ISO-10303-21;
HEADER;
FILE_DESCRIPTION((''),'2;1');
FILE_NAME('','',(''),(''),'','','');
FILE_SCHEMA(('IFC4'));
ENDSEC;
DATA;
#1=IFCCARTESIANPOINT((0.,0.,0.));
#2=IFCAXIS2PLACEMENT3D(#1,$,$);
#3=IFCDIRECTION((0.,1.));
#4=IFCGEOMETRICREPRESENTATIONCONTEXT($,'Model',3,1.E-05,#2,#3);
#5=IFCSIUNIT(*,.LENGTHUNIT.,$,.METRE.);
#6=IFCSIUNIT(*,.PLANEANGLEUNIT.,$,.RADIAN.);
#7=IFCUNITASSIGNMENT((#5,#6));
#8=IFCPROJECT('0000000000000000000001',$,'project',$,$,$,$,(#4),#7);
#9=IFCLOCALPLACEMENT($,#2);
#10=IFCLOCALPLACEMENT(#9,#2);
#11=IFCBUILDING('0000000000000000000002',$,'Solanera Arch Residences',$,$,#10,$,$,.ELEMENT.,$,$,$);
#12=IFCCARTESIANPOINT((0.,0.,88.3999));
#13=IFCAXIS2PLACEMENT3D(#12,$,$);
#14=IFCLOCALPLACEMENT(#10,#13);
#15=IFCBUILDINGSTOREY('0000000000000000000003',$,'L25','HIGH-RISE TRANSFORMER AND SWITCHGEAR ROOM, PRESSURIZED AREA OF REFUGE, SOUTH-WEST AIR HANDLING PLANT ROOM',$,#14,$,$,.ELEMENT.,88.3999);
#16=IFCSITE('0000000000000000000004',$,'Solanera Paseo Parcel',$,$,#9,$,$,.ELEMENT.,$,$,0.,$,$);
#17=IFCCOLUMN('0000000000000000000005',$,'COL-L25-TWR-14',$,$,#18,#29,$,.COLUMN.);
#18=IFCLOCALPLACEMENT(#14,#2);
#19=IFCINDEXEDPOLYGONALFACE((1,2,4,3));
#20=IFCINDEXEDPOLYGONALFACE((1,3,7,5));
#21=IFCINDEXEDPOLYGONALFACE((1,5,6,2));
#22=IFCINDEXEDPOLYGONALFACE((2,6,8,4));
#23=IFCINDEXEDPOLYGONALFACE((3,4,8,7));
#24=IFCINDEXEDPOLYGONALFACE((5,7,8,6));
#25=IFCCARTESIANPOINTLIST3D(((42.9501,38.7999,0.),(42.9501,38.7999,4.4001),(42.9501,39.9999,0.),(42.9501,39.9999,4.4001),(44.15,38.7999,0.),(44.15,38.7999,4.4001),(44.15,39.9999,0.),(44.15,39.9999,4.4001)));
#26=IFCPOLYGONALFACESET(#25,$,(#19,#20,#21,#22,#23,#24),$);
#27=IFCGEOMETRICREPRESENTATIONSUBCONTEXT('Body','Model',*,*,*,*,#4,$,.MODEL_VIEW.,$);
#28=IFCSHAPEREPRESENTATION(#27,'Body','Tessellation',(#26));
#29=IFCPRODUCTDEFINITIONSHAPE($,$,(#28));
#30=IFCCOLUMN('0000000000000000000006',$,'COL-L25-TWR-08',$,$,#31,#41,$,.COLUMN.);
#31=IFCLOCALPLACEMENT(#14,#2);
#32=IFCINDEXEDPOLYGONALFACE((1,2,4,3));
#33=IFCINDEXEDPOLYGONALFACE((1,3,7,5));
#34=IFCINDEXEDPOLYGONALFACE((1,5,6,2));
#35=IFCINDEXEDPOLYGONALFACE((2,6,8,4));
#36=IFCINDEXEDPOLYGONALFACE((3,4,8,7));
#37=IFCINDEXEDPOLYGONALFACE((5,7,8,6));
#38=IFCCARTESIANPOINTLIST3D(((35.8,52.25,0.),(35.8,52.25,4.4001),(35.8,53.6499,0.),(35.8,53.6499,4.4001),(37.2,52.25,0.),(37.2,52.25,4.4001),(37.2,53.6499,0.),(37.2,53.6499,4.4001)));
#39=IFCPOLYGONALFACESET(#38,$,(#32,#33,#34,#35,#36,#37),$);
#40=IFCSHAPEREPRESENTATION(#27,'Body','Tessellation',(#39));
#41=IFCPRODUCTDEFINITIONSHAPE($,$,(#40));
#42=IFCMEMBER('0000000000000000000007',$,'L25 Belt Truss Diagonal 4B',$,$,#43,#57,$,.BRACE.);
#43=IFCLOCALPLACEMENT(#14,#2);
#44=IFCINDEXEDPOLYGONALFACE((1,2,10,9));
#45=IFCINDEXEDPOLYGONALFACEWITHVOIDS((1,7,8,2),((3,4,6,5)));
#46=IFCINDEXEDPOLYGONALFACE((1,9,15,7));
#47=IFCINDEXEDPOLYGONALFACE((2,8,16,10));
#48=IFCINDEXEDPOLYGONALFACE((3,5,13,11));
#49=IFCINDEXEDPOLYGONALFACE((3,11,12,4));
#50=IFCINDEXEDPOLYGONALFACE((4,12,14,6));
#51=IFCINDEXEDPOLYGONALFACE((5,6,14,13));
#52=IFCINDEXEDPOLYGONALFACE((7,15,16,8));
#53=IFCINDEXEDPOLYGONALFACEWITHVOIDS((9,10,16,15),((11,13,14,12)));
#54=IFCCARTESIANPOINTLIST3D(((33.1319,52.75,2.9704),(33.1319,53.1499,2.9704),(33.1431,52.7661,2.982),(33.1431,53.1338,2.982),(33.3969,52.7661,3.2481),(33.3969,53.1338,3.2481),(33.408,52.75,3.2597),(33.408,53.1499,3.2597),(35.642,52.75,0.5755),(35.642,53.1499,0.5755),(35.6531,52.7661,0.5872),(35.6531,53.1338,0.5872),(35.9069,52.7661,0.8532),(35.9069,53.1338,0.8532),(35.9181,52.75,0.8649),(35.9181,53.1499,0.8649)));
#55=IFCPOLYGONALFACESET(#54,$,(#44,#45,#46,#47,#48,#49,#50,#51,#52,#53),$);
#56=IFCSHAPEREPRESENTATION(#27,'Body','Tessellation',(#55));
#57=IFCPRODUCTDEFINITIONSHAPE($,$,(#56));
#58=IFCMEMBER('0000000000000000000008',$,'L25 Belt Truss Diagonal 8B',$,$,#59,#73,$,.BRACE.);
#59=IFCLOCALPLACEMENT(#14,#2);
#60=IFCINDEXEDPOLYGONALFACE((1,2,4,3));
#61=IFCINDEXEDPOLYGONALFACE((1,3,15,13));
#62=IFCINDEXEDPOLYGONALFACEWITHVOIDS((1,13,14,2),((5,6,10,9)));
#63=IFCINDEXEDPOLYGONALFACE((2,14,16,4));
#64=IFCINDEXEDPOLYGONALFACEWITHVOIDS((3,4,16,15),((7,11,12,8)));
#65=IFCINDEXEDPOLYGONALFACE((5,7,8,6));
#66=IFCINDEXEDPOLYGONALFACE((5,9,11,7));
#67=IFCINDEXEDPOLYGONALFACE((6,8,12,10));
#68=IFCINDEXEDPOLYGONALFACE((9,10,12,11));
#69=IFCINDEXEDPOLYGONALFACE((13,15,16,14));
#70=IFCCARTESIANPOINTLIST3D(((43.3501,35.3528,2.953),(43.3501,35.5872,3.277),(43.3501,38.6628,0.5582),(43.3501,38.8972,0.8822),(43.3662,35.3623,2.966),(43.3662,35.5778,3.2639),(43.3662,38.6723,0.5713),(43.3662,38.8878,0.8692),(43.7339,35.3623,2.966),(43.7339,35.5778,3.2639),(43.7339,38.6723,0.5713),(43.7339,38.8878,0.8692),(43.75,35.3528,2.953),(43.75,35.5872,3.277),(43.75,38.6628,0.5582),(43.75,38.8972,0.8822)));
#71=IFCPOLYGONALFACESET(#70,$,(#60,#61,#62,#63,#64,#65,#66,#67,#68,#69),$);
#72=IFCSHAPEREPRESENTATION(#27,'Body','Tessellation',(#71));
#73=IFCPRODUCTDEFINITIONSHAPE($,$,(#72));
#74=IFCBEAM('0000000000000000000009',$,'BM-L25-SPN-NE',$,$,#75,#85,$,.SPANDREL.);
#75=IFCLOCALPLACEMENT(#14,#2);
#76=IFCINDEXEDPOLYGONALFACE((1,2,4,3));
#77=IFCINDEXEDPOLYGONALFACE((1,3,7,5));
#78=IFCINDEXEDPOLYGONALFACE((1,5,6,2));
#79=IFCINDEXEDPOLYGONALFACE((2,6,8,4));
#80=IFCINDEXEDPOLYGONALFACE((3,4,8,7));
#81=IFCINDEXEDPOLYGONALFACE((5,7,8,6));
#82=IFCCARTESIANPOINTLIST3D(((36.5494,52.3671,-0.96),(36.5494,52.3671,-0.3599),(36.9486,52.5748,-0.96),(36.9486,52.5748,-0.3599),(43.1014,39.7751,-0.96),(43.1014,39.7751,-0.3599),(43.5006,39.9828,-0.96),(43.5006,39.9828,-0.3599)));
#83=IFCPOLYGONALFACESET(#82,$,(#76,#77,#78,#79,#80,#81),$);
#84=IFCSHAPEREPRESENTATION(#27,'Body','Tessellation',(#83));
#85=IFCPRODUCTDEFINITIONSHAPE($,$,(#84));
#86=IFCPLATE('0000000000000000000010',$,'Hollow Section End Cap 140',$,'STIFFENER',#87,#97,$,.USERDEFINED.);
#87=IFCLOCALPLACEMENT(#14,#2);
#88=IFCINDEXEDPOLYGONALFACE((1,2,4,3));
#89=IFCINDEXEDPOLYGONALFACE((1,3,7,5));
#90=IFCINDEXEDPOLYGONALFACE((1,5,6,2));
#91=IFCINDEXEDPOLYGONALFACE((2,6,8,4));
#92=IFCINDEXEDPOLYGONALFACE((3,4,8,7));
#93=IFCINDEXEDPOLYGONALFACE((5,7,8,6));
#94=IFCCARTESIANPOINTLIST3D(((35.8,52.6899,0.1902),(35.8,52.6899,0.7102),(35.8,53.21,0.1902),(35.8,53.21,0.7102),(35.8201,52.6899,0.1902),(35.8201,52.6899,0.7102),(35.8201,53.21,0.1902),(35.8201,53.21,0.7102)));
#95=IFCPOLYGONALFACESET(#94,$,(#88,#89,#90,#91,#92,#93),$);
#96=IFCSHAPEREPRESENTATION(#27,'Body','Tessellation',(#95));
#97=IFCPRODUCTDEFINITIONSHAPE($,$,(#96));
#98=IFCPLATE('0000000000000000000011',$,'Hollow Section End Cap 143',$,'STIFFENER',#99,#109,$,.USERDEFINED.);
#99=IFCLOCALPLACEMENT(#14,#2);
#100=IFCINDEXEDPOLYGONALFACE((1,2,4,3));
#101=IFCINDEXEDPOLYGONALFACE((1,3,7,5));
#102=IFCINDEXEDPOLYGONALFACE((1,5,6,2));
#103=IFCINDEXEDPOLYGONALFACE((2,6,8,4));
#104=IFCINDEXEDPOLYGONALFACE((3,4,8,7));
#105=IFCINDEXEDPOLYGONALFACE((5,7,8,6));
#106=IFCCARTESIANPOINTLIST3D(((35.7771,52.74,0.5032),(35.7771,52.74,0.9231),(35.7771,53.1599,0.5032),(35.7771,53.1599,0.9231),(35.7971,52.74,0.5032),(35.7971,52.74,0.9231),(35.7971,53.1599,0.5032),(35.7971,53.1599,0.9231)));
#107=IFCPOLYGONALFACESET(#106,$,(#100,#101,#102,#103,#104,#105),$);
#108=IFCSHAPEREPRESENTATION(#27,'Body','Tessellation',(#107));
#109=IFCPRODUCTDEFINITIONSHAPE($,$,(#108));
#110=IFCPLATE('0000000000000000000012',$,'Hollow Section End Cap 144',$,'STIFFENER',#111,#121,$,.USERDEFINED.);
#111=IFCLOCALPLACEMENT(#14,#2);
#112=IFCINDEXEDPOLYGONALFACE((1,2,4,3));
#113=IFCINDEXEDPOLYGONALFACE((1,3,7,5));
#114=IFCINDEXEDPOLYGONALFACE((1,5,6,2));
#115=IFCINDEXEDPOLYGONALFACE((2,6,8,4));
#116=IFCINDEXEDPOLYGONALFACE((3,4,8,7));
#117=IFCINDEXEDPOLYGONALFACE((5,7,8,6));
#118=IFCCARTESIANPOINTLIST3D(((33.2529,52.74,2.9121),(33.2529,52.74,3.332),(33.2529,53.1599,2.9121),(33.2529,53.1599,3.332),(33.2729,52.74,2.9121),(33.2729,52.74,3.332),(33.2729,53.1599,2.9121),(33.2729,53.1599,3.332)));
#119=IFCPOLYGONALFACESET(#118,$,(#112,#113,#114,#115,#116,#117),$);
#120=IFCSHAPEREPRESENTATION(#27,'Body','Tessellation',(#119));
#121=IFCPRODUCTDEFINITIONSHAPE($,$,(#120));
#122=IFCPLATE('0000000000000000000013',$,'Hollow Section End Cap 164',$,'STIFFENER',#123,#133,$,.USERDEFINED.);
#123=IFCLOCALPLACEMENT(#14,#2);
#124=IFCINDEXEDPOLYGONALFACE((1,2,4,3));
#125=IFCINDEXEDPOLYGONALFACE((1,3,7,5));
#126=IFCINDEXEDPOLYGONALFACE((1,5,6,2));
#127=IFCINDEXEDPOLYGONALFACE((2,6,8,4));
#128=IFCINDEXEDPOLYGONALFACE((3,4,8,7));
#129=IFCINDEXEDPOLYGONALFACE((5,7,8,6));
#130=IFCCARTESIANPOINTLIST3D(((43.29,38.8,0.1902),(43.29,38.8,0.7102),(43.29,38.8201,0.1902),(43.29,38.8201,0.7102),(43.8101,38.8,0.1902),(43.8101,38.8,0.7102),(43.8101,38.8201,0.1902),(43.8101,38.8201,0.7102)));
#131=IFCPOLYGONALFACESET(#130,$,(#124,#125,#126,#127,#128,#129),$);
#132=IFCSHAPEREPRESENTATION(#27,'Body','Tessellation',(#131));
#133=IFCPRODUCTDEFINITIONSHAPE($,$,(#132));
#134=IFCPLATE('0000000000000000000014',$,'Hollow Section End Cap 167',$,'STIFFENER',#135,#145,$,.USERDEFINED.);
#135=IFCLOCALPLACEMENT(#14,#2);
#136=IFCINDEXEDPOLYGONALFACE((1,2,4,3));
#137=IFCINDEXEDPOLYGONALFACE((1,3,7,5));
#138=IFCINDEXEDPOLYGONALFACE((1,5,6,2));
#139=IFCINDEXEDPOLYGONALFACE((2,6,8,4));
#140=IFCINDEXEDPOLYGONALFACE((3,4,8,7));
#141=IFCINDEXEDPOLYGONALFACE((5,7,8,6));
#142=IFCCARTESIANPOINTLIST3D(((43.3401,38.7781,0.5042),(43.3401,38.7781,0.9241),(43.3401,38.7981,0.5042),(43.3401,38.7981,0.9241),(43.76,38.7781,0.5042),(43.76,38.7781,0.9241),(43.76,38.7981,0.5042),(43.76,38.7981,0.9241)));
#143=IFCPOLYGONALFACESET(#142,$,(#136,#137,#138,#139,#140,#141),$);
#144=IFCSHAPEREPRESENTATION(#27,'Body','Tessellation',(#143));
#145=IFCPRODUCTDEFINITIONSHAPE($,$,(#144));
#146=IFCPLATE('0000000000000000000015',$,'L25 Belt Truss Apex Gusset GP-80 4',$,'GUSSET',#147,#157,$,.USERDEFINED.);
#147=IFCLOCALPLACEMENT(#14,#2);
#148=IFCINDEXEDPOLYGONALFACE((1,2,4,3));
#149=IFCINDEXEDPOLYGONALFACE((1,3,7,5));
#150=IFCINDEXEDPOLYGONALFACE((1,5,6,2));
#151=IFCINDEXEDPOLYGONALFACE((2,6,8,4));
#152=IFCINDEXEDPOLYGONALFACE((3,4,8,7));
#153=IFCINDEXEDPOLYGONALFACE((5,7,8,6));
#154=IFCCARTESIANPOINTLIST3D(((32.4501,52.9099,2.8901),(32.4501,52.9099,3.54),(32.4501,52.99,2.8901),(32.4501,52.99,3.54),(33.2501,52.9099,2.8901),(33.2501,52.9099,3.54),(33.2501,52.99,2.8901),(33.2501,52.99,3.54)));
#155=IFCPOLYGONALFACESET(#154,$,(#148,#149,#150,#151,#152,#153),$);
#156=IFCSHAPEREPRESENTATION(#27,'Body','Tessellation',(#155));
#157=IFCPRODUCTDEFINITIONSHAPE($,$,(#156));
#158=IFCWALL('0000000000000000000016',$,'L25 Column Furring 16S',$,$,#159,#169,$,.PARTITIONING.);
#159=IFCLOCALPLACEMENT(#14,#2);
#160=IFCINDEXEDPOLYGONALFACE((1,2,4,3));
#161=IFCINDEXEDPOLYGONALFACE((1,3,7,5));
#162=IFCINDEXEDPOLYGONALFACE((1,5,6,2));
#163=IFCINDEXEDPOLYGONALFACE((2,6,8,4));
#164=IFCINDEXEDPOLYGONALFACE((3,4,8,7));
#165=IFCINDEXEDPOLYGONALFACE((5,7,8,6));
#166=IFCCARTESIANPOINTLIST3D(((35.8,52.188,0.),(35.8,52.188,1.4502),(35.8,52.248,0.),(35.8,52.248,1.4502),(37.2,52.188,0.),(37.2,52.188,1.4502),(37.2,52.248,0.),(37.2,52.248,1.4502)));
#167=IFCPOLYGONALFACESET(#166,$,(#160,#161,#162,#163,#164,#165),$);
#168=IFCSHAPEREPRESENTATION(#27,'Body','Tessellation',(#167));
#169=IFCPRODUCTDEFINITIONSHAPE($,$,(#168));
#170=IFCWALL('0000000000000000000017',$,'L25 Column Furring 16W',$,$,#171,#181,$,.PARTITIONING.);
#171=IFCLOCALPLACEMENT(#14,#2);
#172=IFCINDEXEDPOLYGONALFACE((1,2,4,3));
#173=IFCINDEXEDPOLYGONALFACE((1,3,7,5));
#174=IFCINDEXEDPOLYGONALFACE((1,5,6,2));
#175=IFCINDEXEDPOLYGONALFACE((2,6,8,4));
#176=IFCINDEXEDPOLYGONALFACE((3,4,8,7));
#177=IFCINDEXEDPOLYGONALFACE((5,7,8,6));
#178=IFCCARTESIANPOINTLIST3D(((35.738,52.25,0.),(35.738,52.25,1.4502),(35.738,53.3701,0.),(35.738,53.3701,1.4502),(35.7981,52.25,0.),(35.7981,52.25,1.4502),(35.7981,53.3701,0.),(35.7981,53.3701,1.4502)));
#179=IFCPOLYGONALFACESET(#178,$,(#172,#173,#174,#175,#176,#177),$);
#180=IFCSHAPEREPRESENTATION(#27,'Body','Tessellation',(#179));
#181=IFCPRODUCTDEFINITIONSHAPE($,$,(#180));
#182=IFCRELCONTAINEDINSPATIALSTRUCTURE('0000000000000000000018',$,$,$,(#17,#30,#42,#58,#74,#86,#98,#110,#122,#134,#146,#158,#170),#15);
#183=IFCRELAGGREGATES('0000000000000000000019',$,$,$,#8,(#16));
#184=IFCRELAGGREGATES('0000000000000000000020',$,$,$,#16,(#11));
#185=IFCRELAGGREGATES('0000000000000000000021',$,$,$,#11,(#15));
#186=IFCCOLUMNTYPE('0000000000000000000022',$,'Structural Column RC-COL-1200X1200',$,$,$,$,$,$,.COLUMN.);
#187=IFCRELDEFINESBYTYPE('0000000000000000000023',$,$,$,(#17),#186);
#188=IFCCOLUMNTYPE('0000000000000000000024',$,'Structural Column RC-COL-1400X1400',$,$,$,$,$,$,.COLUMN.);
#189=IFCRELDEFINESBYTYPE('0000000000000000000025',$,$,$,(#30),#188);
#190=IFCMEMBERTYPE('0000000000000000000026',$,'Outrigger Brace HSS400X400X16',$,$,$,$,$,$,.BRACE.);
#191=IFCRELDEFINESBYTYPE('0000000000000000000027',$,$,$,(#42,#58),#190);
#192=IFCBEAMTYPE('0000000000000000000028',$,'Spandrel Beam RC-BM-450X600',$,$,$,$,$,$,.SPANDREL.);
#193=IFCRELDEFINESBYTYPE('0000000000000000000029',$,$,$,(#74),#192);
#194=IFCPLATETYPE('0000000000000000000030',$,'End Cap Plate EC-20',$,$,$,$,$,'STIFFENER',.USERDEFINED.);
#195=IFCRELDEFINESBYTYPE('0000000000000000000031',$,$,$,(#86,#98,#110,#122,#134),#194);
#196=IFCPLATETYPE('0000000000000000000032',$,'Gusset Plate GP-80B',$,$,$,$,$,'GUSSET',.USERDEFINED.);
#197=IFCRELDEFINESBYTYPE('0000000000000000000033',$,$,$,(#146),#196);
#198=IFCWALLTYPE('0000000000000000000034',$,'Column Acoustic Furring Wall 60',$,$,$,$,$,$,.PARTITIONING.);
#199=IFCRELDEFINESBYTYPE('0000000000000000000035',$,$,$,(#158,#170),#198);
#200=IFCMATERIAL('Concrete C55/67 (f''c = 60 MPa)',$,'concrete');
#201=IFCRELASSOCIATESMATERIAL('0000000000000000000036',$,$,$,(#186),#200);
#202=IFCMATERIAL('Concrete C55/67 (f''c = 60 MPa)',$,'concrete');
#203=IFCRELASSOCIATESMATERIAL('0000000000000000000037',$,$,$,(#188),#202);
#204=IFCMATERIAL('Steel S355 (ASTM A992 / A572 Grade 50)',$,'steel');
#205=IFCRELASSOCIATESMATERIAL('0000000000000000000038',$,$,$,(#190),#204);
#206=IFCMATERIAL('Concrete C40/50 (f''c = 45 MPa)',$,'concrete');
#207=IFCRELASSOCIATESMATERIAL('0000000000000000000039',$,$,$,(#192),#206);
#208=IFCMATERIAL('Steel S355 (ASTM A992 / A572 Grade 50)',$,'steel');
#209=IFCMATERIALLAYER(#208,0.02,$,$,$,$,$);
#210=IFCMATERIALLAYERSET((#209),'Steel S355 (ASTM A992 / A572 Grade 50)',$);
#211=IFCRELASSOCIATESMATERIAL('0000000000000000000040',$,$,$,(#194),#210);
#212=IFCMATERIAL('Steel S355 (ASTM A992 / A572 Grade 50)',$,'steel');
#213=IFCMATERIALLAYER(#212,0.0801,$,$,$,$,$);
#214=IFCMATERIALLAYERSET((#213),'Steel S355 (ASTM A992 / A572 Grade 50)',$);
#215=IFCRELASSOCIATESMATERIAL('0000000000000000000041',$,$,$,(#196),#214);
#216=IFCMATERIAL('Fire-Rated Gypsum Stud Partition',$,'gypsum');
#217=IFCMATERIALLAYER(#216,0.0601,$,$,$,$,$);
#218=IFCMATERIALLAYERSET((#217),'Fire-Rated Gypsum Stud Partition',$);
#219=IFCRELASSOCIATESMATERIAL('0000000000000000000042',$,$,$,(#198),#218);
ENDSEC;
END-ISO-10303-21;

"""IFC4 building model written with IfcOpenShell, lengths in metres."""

from ifc_helpers import new_model, si_unit, direction, frame, frame_2d, origin, origin_2d, place, context, subcontext, project, spatial, rectangle, hollow_rectangle, extrude, material, layer, layer_set, material_profile, profile_set, type_object, element, save


model = new_model("IFC4")

# Units and contexts
model_context = context("Model", 3, precision=1e-05, world=origin(), true_north=direction((0.0, 1.0)))
body_context = subcontext(model_context, "Body", "Model", "MODEL_VIEW")
ifc_project = project(units=[si_unit("LENGTHUNIT", "METRE"), si_unit("PLANEANGLEUNIT", "RADIAN")], contexts=[model_context])

# Site, building, storey
site_placement = place(None, origin())
site = spatial("IfcSite", under=ifc_project, at=site_placement, Name="Solanera Paseo Parcel", CompositionType="ELEMENT", RefElevation=0.0)
building_placement = place(site_placement, origin())
building = spatial("IfcBuilding", under=site, at=building_placement, Name="Solanera Arch Residences", CompositionType="ELEMENT")
storey_placement = place(building_placement, frame((0.0, 0.0, 88.3999)))
storey = spatial("IfcBuildingStorey", under=building, at=storey_placement, Name="L25", Description="HIGH-RISE TRANSFORMER AND SWITCHGEAR ROOM, PRESSURIZED AREA OF REFUGE, SOUTH-WEST AIR HANDLING PLANT ROOM", CompositionType="ELEMENT", Elevation=88.3999)

# Columns
ifc_material_1 = material(Name="Concrete C55/67 (f'c = 60 MPa)", Category="concrete")
ifc_material_profile_1 = material_profile(ifc_material_1, rectangle(XDim=1.2, YDim=1.2, at=origin_2d()))
ifc_profile_set_1 = profile_set([ifc_material_profile_1], Name="Concrete C55/67 (f'c = 60 MPa)")
column_type_1 = type_object("IfcColumnType", Name="Structural Column RC-COL-1200X1200", PredefinedType="COLUMN", material=ifc_profile_set_1)
column_1_placement = place(storey_placement, frame((43.55, 39.3999, 0.0), z_axis=(0.0, 0.0, 1.0), x_axis=(1.0, 0.0, 0.0)))
element("IfcColumn", 1, at=column_1_placement, inside=storey, type_object=column_type_1, Name="COL-L25-TWR-14", PredefinedType="COLUMN", context=body_context, shape_type="SweptSolid", body=[
    extrude(rectangle(XDim=1.2, YDim=1.2, at=origin_2d()), origin(), (0.0, 0.0, 1.0), 4.4001),
])
ifc_material_2 = material(Name="Concrete C55/67 (f'c = 60 MPa)", Category="concrete")
ifc_material_profile_2 = material_profile(ifc_material_2, rectangle(XDim=1.3999, YDim=1.3999, at=origin_2d()))
ifc_profile_set_2 = profile_set([ifc_material_profile_2], Name="Concrete C55/67 (f'c = 60 MPa)")
column_type_2 = type_object("IfcColumnType", Name="Structural Column RC-COL-1400X1400", PredefinedType="COLUMN", material=ifc_profile_set_2)
column_2_placement = place(storey_placement, frame((36.5, 52.95, 0.0), z_axis=(0.0, 0.0, 1.0), x_axis=(1.0, 0.0, 0.0)))
element("IfcColumn", 2, at=column_2_placement, inside=storey, type_object=column_type_2, Name="COL-L25-TWR-08", PredefinedType="COLUMN", context=body_context, shape_type="SweptSolid", body=[
    extrude(rectangle(XDim=1.3999, YDim=1.3999, at=origin_2d()), origin(), (0.0, 0.0, 1.0), 4.4001),
])

# Members
ifc_material_3 = material(Name="Steel S355 (ASTM A992 / A572 Grade 50)", Category="steel")
ifc_material_profile_3 = material_profile(ifc_material_3, hollow_rectangle(XDim=0.3999, YDim=0.3999, WallThickness=0.0161, at=origin_2d()))
ifc_profile_set_3 = profile_set([ifc_material_profile_3], Name="Steel S355 (ASTM A992 / A572 Grade 50)")
member_type = type_object("IfcMemberType", Name="Outrigger Brace HSS400X400X16", PredefinedType="BRACE", material=ifc_profile_set_3)
member_1_placement = place(storey_placement, frame((35.78, 52.95, 0.7202), z_axis=(-0.72352, 0.0, 0.690303), x_axis=(0.0, -1.0, 0.0)))
element("IfcMember", 3, at=member_1_placement, inside=storey, type_object=member_type, Name="L25 Belt Truss Diagonal 4B", PredefinedType="BRACE", context=body_context, shape_type="SweptSolid", body=[
    extrude(hollow_rectangle(XDim=0.3999, YDim=0.3999, WallThickness=0.0161, at=origin_2d()), origin(), (0.0, 0.0, 1.0), 3.4692),
])
member_2_placement = place(storey_placement, frame((43.55, 38.78, 0.7202), z_axis=(0.0, -0.810194, 0.586162), x_axis=(1.0, 0.0, 0.0)))
element("IfcMember", 4, at=member_2_placement, inside=storey, type_object=member_type, Name="L25 Belt Truss Diagonal 8B", PredefinedType="BRACE", context=body_context, shape_type="SweptSolid", body=[
    extrude(hollow_rectangle(XDim=0.3999, YDim=0.3999, WallThickness=0.0161, at=origin_2d()), origin(), (0.0, 0.0, 1.0), 4.0854),
])

# Beam
ifc_material_4 = material(Name="Concrete C40/50 (f'c = 45 MPa)", Category="concrete")
ifc_material_profile_4 = material_profile(ifc_material_4, rectangle(XDim=0.45, YDim=0.6001, at=origin_2d()))
ifc_profile_set_4 = profile_set([ifc_material_profile_4], Name="Concrete C40/50 (f'c = 45 MPa)")
beam_type = type_object("IfcBeamType", Name="Spandrel Beam RC-BM-450X600", PredefinedType="SPANDREL", material=ifc_profile_set_4)
beam_placement = place(storey_placement, frame((36.749, 52.4709, -0.6599), z_axis=(0.461582, -0.887097, 0.0), x_axis=(0.887097, 0.461582, 0.0)))
element("IfcBeam", 5, at=beam_placement, inside=storey, type_object=beam_type, Name="BM-L25-SPN-NE", PredefinedType="SPANDREL", context=body_context, shape_type="SweptSolid", body=[
    extrude(rectangle(XDim=0.45, YDim=0.6001, at=origin_2d()), origin(), (0.0, 0.0, 1.0), 14.1946),
])

# Plates
ifc_material_5 = material(Name="Steel S355 (ASTM A992 / A572 Grade 50)", Category="steel")
ifc_layer_1 = layer(ifc_material_5, 0.02)
ifc_layer_set_1 = layer_set([ifc_layer_1], Name="Steel S355 (ASTM A992 / A572 Grade 50)")
plate_type_1 = type_object("IfcPlateType", Name="End Cap Plate EC-20", ElementType="STIFFENER", PredefinedType="USERDEFINED", material=ifc_layer_set_1)
plate_1_placement = place(storey_placement, frame((35.8101, 52.95, 0.1902), z_axis=(0.0, 0.0, 1.0), x_axis=(1.0, 0.0, 0.0)))
element("IfcPlate", 6, at=plate_1_placement, inside=storey, type_object=plate_type_1, Name="Hollow Section End Cap 140", ObjectType="STIFFENER", PredefinedType="USERDEFINED", context=body_context, shape_type="SweptSolid", body=[
    extrude(rectangle(XDim=0.02, YDim=0.52, at=origin_2d()), origin(), (0.0, 0.0, 1.0), 0.52),
])
for number, where, z_axis, x_axis, name in (
    (7, (35.7871, 52.95, 0.5032), (0.0, 0.0, 1.0), (1.0, 0.0, 0.0), "Hollow Section End Cap 143"),
    (8, (33.2629, 52.95, 2.9121), (0.0, 0.0, 1.0), (-1.0, 0.0, 0.0), "Hollow Section End Cap 144"),
):
    element("IfcPlate", number, at=place(storey_placement, frame(where, z_axis=z_axis, x_axis=x_axis)), inside=storey, type_object=plate_type_1, Name=name, ObjectType="STIFFENER", PredefinedType="USERDEFINED", context=body_context, shape_type="SweptSolid", body=[
        extrude(rectangle(XDim=0.02, YDim=0.4199, at=origin_2d()), origin(), (0.0, 0.0, 1.0), 0.4199),
    ])
plate_2_placement = place(storey_placement, frame((43.55, 38.8101, 0.1902), z_axis=(0.0, 0.0, 1.0), x_axis=(0.0, 1.0, 0.0)))
element("IfcPlate", 9, at=plate_2_placement, inside=storey, type_object=plate_type_1, Name="Hollow Section End Cap 164", ObjectType="STIFFENER", PredefinedType="USERDEFINED", context=body_context, shape_type="SweptSolid", body=[
    extrude(rectangle(XDim=0.02, YDim=0.52, at=origin_2d()), origin(), (0.0, 0.0, 1.0), 0.52),
])
plate_3_placement = place(storey_placement, frame((43.55, 38.7881, 0.5042), z_axis=(0.0, 0.0, 1.0), x_axis=(0.0, 1.0, 0.0)))
element("IfcPlate", 10, at=plate_3_placement, inside=storey, type_object=plate_type_1, Name="Hollow Section End Cap 167", ObjectType="STIFFENER", PredefinedType="USERDEFINED", context=body_context, shape_type="SweptSolid", body=[
    extrude(rectangle(XDim=0.02, YDim=0.4199, at=origin_2d()), origin(), (0.0, 0.0, 1.0), 0.4199),
])
ifc_material_6 = material(Name="Steel S355 (ASTM A992 / A572 Grade 50)", Category="steel")
ifc_layer_2 = layer(ifc_material_6, 0.0801)
ifc_layer_set_2 = layer_set([ifc_layer_2], Name="Steel S355 (ASTM A992 / A572 Grade 50)")
plate_type_2 = type_object("IfcPlateType", Name="Gusset Plate GP-80B", ElementType="GUSSET", PredefinedType="USERDEFINED", material=ifc_layer_set_2)
plate_4_placement = place(storey_placement, frame((32.8501, 52.95, 2.8901), z_axis=(0.0, 0.0, 1.0), x_axis=(1.0, 0.0, 0.0)))
element("IfcPlate", 11, at=plate_4_placement, inside=storey, type_object=plate_type_2, Name="L25 Belt Truss Apex Gusset GP-80 4", ObjectType="GUSSET", PredefinedType="USERDEFINED", context=body_context, shape_type="SweptSolid", body=[
    extrude(rectangle(XDim=0.8, YDim=0.0801, at=origin_2d()), origin(), (0.0, 0.0, 1.0), 0.6499),
])

# Walls
ifc_material_7 = material(Name="Fire-Rated Gypsum Stud Partition", Category="gypsum")
ifc_layer_3 = layer(ifc_material_7, 0.0601)
ifc_layer_set_3 = layer_set([ifc_layer_3], Name="Fire-Rated Gypsum Stud Partition")
wall_type_1 = type_object("IfcWallType", Name="Column Acoustic Furring Wall 60", PredefinedType="PARTITIONING", material=ifc_layer_set_3)
wall_1_placement = place(storey_placement, frame((35.8, 52.218, 0.0), z_axis=(0.0, 0.0, 1.0), x_axis=(1.0, 0.0, 0.0)))
element("IfcWall", 12, at=wall_1_placement, inside=storey, type_object=wall_type_1, Name="L25 Column Furring 16S", PredefinedType="PARTITIONING", context=body_context, shape_type="SweptSolid", body=[
    extrude(rectangle(XDim=1.3999, YDim=0.0601, at=frame_2d((0.7, 0.0))), origin(), (0.0, 0.0, 1.0), 1.4502),
])
for number, where, z_axis, x_axis, name in (
    (13, (35.7681, 52.25, 0.0), (0.0, 0.0, 1.0), (0.0, 1.0, 0.0), "L25 Column Furring 16W"),
):
    element("IfcWall", number, at=place(storey_placement, frame(where, z_axis=z_axis, x_axis=x_axis)), inside=storey, type_object=wall_type_1, Name=name, PredefinedType="PARTITIONING", context=body_context, shape_type="SweptSolid", body=[
        extrude(rectangle(XDim=1.1201, YDim=0.0601, at=frame_2d((0.5601, 0.0))), origin(), (0.0, 0.0, 1.0), 1.4502),
    ])

save(model, "model.ifc")
